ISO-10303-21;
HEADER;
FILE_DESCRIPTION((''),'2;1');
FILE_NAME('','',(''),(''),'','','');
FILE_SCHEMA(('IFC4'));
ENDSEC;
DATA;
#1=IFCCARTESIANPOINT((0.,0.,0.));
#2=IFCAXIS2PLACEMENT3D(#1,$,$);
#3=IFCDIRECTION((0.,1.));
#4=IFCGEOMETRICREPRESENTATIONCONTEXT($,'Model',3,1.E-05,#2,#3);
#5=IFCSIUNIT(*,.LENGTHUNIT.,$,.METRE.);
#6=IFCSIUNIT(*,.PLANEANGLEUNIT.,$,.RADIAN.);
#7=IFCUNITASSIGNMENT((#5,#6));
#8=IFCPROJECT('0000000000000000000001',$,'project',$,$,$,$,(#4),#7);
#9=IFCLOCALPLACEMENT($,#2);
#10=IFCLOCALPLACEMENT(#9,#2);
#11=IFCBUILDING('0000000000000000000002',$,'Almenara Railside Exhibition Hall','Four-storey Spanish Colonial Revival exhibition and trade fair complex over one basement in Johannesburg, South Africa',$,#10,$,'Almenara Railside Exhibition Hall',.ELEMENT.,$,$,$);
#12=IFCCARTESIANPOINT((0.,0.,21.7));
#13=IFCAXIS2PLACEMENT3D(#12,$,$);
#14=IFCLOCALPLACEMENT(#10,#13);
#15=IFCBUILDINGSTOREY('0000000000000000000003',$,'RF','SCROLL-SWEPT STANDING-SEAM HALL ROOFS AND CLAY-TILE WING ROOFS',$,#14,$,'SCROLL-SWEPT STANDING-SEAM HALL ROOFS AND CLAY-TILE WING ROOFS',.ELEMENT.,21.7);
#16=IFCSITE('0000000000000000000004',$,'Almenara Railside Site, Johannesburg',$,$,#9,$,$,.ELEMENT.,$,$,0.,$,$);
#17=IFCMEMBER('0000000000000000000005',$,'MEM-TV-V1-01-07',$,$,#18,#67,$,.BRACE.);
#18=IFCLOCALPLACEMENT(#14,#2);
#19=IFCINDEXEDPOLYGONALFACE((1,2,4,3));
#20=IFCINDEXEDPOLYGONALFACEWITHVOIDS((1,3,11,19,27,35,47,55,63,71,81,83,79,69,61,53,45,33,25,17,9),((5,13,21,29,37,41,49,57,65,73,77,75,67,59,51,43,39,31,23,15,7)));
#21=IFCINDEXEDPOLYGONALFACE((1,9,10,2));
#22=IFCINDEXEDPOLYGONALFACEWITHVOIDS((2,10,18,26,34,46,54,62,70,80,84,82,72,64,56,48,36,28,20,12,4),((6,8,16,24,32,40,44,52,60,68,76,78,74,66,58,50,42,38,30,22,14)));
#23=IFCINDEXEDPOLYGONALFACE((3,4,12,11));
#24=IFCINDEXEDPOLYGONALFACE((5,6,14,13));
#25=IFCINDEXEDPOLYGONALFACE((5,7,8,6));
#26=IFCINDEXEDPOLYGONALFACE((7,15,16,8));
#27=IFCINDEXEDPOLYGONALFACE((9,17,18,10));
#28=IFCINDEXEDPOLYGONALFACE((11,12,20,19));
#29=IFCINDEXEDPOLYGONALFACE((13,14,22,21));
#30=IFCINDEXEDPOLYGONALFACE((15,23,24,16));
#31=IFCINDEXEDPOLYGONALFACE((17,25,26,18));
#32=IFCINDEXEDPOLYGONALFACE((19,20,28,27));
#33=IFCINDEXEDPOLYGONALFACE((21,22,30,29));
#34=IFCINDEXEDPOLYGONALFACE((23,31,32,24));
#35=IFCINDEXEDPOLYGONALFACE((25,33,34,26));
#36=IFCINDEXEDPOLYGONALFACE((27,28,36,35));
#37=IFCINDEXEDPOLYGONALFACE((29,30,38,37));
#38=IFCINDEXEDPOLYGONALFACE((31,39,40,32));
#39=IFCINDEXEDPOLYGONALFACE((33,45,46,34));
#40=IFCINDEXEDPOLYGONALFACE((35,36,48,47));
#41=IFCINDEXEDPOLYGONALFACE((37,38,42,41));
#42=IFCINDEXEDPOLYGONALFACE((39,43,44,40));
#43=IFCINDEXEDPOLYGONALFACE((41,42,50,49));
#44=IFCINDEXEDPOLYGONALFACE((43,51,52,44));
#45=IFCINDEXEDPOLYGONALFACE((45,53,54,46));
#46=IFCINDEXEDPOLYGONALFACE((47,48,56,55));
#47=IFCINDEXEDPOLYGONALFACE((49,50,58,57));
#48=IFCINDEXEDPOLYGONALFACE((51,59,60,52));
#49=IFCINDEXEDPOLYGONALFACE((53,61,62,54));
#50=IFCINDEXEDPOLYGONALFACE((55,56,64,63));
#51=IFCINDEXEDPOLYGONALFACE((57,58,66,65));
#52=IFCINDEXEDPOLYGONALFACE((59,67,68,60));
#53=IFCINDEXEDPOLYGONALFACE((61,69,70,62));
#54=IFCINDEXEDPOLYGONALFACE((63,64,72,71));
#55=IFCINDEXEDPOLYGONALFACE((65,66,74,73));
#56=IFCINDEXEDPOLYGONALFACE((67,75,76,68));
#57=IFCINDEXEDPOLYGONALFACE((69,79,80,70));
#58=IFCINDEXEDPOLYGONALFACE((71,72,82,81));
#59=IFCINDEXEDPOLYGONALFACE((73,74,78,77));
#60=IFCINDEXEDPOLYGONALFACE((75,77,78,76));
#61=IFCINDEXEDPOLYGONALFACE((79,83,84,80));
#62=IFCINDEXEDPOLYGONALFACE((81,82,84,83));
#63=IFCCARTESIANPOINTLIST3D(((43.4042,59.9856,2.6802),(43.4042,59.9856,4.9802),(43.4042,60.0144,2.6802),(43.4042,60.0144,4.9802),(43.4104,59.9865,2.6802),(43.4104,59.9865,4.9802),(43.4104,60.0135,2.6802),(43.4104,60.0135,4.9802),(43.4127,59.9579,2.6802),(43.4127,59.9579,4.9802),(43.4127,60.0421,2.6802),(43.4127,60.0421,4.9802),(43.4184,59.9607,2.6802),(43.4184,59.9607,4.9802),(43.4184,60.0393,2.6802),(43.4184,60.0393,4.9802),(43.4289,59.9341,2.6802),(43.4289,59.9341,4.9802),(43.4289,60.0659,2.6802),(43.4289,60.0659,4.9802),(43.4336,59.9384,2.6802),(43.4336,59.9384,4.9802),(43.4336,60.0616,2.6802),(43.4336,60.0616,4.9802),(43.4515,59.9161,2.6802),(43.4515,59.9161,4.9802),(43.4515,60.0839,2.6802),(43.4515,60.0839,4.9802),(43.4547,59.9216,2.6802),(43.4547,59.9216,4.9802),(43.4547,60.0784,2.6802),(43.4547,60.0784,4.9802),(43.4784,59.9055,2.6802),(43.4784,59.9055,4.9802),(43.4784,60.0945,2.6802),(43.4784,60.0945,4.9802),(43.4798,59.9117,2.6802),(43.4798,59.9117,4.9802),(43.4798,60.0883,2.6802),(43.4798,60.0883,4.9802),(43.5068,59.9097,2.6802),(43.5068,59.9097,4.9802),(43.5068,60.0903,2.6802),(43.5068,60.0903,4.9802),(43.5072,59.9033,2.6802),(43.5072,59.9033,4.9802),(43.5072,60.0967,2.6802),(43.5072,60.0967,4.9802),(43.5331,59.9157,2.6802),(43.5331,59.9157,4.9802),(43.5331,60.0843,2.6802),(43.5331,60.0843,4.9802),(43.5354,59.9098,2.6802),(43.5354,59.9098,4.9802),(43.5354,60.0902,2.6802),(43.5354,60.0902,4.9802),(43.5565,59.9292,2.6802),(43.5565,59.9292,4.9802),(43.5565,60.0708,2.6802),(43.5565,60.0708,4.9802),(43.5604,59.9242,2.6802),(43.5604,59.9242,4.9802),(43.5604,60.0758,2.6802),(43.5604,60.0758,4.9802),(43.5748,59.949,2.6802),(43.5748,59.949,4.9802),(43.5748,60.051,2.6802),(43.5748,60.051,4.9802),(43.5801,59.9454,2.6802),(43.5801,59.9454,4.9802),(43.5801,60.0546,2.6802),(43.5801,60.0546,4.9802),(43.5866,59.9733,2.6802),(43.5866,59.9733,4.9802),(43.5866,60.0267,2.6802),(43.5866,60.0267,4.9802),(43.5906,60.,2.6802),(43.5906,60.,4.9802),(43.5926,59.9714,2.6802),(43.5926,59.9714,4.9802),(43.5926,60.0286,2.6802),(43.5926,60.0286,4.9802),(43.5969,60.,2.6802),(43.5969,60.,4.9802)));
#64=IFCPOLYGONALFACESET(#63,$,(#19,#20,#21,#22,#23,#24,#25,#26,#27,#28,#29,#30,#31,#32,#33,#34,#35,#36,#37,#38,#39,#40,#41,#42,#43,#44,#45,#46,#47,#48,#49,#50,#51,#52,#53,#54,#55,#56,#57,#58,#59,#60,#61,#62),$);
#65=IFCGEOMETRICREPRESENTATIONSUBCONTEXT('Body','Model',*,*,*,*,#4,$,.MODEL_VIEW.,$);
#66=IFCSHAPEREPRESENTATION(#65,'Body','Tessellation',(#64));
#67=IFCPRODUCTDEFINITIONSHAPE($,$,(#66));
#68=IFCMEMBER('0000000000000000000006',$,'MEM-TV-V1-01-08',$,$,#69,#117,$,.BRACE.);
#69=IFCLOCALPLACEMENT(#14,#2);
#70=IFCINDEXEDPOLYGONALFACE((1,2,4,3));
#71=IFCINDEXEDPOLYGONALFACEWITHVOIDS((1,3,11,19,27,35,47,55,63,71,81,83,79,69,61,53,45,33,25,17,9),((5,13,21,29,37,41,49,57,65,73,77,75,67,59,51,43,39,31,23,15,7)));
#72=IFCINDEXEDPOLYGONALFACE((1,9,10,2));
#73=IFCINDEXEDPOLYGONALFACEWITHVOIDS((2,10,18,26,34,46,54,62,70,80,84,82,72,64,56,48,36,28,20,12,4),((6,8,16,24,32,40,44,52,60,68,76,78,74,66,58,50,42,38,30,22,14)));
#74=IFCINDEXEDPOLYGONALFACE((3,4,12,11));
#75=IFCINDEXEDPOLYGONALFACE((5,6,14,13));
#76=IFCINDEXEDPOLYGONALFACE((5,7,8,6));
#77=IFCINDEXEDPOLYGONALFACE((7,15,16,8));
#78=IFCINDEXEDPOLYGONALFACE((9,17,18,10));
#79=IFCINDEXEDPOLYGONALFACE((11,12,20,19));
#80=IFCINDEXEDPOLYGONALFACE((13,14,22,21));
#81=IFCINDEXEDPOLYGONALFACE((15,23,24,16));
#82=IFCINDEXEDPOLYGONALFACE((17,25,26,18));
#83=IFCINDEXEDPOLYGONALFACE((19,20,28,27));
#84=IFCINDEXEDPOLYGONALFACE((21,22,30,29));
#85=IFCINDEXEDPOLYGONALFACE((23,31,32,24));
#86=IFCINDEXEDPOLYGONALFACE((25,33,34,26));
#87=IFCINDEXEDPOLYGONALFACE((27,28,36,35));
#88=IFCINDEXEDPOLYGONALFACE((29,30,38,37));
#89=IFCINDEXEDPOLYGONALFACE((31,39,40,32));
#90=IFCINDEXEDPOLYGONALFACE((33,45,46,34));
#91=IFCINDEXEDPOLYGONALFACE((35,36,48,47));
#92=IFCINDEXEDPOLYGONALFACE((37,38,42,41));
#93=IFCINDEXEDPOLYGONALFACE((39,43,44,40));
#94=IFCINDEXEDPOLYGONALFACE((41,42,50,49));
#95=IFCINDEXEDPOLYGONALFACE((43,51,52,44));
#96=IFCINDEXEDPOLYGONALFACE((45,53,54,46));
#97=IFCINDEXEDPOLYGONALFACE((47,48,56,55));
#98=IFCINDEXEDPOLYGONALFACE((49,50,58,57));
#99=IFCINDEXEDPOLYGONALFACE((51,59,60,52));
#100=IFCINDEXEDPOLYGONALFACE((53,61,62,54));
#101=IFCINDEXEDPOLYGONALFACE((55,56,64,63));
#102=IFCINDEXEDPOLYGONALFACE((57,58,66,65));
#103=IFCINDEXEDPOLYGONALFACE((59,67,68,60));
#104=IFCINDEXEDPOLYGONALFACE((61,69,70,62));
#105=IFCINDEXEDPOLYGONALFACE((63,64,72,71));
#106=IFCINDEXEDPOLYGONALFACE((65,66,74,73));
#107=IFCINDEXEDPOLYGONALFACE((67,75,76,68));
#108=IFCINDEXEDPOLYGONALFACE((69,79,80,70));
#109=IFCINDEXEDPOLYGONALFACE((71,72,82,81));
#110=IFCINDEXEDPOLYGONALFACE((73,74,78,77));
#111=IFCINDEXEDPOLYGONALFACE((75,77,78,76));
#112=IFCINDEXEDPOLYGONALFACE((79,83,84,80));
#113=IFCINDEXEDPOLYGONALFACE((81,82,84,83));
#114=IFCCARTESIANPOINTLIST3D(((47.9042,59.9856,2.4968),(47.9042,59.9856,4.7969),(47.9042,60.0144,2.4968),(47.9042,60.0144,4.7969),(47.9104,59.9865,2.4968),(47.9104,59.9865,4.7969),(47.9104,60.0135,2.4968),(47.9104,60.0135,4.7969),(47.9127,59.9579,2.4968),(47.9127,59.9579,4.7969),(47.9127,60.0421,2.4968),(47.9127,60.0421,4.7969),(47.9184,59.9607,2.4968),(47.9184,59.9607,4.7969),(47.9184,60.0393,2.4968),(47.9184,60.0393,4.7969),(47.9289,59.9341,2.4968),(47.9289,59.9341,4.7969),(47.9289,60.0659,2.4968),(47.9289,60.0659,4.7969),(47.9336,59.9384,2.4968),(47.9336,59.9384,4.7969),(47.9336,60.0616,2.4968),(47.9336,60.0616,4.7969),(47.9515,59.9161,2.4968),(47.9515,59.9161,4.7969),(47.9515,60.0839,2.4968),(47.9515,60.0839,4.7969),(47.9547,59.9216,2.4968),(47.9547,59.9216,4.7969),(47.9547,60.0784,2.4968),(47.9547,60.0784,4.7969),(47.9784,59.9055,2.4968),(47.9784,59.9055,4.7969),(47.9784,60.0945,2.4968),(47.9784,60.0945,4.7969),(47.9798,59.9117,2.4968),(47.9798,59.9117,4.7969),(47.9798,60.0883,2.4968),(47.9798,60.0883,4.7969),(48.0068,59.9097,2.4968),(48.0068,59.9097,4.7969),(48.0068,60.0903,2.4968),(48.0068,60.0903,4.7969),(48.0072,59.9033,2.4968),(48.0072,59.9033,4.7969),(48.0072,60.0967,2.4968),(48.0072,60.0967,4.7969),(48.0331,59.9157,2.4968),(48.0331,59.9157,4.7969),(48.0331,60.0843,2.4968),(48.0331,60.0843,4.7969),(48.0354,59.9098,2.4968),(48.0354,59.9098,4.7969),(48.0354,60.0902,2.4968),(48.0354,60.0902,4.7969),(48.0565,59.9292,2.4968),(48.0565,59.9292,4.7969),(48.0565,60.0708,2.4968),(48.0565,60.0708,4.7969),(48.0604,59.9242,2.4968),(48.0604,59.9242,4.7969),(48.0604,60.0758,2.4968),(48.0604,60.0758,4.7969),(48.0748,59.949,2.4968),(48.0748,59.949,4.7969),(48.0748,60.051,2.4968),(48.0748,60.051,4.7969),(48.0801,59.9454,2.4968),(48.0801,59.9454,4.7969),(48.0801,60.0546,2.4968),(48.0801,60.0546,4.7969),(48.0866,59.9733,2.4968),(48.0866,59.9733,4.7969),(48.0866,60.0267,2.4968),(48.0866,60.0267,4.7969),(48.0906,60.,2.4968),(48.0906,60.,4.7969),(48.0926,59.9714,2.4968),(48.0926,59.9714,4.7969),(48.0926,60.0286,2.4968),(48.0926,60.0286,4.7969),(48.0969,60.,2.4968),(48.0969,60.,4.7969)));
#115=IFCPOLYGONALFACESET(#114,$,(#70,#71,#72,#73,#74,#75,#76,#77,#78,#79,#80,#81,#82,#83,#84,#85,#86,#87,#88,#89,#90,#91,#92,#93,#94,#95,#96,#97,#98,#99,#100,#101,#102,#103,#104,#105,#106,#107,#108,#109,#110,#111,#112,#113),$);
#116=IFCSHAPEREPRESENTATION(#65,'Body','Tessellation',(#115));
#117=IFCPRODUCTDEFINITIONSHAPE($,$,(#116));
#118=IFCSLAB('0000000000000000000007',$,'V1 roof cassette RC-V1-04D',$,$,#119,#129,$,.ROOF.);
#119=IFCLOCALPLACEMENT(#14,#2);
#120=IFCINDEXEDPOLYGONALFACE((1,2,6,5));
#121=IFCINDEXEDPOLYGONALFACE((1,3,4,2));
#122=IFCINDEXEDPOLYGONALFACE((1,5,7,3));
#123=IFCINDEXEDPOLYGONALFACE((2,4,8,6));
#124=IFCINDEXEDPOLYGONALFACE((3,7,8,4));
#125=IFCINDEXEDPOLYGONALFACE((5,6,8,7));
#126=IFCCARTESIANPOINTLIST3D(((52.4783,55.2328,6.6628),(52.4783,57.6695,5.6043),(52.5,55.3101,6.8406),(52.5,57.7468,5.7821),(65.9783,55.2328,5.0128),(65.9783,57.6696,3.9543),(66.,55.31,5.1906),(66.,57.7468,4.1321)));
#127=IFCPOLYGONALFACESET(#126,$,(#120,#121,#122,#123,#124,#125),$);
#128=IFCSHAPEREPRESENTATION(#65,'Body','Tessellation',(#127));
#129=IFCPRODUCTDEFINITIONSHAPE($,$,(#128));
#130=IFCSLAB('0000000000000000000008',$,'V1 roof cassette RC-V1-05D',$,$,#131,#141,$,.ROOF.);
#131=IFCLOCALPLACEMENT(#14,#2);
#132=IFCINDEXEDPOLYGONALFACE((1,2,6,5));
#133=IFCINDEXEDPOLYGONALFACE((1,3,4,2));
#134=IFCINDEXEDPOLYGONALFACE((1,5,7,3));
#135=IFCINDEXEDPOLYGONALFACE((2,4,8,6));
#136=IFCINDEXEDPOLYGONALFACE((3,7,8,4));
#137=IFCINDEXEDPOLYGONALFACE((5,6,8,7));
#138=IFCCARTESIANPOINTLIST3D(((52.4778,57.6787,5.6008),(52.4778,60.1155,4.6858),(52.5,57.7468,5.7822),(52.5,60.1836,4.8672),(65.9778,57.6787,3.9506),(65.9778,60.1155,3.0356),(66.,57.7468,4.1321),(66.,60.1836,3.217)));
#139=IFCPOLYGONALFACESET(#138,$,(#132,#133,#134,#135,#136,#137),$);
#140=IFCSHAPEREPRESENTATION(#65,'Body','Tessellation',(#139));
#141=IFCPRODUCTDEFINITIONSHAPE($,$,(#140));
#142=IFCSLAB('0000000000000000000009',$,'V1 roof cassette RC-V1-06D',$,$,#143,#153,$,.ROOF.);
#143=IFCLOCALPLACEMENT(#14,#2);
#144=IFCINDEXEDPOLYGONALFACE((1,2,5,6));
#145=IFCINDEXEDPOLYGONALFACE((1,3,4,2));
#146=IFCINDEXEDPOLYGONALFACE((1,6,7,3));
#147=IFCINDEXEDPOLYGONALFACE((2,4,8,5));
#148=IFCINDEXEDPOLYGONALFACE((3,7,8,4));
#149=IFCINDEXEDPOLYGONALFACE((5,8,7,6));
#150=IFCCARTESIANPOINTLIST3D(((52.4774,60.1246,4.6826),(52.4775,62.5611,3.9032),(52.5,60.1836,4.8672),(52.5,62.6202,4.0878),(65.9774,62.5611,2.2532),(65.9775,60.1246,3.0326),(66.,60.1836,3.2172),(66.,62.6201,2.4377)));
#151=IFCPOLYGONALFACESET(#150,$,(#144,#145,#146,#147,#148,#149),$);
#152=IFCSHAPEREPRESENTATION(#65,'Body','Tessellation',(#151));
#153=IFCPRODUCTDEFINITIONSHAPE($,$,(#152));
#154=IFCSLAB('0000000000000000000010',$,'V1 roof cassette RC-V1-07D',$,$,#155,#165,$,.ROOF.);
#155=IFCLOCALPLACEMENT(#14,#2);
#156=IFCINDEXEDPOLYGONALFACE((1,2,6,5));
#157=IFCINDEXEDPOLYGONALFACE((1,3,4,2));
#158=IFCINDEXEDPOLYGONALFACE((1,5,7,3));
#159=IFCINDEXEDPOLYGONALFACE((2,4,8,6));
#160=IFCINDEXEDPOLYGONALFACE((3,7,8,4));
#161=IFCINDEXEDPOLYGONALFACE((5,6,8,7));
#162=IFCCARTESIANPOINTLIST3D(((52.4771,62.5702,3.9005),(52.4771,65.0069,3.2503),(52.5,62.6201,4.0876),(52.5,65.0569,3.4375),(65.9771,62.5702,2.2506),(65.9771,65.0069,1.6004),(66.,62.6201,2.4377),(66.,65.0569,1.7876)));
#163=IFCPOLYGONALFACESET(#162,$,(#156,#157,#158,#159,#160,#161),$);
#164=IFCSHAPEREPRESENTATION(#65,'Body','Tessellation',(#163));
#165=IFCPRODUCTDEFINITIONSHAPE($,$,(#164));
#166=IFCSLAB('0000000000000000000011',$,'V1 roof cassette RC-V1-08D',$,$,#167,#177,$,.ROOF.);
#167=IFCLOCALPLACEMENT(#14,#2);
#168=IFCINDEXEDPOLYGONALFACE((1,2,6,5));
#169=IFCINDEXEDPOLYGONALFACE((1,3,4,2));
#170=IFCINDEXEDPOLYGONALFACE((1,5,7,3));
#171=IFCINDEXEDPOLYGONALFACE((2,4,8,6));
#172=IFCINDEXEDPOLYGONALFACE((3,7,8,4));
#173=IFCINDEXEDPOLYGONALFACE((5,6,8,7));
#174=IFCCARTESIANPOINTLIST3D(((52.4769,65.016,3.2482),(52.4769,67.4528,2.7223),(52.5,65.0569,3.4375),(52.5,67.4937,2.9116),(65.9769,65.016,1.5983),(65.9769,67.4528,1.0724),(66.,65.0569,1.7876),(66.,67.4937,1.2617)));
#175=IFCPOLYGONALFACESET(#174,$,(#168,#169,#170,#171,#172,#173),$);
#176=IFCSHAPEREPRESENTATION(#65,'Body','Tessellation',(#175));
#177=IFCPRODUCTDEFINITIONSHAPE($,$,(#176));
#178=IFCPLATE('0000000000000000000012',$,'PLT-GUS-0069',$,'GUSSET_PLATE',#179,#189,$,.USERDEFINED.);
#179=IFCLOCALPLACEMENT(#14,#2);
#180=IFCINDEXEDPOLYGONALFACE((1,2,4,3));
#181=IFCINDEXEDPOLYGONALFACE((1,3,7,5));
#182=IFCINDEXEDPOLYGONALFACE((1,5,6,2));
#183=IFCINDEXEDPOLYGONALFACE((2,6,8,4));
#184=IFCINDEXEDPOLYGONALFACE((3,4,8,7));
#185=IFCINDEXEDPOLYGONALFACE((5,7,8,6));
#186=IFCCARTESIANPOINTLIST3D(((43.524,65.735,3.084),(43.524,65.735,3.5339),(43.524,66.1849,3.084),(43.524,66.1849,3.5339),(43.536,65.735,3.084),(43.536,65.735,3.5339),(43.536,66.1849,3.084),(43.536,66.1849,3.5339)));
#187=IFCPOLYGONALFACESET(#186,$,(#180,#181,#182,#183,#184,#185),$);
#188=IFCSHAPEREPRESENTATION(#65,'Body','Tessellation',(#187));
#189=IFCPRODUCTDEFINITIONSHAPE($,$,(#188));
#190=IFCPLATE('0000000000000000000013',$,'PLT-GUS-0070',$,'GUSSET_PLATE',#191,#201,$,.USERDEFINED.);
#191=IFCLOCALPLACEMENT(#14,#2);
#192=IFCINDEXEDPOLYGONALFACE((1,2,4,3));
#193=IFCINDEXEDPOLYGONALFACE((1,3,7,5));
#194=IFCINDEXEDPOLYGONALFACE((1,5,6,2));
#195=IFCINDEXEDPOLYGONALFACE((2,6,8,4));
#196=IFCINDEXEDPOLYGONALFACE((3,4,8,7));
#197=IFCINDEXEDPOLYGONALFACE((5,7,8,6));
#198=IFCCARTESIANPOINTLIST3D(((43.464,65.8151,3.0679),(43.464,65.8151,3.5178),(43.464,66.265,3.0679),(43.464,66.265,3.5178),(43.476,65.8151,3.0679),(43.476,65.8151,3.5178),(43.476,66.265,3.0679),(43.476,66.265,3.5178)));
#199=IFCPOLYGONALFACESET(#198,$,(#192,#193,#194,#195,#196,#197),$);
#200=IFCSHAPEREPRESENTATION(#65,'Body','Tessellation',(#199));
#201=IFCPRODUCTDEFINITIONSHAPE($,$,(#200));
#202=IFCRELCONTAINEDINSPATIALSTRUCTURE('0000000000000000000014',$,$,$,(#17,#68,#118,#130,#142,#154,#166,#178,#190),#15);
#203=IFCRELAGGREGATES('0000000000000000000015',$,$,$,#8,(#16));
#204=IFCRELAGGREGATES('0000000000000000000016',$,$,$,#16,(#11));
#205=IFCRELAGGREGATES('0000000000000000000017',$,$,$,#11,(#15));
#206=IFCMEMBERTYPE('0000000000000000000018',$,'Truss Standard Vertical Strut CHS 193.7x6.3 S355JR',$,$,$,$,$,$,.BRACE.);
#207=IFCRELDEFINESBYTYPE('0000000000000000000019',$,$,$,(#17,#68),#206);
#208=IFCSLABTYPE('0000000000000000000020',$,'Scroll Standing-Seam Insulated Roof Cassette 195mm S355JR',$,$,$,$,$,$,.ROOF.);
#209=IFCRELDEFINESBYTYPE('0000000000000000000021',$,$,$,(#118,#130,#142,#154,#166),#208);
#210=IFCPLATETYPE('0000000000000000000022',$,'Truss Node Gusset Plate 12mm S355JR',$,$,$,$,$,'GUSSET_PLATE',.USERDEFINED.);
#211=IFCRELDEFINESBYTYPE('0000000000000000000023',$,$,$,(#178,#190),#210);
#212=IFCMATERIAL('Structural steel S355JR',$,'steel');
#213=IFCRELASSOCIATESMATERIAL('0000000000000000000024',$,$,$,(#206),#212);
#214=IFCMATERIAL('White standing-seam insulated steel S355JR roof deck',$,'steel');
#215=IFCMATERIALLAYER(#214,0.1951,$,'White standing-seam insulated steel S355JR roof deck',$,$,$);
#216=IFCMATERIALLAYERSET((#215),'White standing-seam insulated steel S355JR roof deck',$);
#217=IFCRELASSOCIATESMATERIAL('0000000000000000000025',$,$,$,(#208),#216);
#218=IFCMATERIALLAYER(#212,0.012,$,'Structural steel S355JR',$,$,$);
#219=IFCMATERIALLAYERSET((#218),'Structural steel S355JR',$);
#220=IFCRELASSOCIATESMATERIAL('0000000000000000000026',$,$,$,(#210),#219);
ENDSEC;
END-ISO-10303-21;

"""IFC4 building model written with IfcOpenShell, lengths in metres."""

from ifc_helpers import new_model, si_unit, direction, frame, origin, origin_2d, place, context, subcontext, project, spatial, polyline, rectangle, hollow_circle, outline, extrude, material, layer, layer_set, material_profile, profile_set, type_object, element, save


model = new_model("IFC4")

# Units and contexts
model_context = context("Model", 3, precision=1e-05, world=origin(), true_north=direction((0.0, 1.0)))
body_context = subcontext(model_context, "Body", "Model", "MODEL_VIEW")
ifc_project = project(units=[si_unit("LENGTHUNIT", "METRE"), si_unit("PLANEANGLEUNIT", "RADIAN")], contexts=[model_context])

# Site, building, storey
site_placement = place(None, origin())
site = spatial("IfcSite", under=ifc_project, at=site_placement, Name="Almenara Railside Site, Johannesburg", CompositionType="ELEMENT", RefElevation=0.0)
building_placement = place(site_placement, origin())
building = spatial("IfcBuilding", under=site, at=building_placement, Name="Almenara Railside Exhibition Hall", Description="Four-storey Spanish Colonial Revival exhibition and trade fair complex over one basement in Johannesburg, South Africa", LongName="Almenara Railside Exhibition Hall", CompositionType="ELEMENT")
storey_placement = place(building_placement, frame((0.0, 0.0, 21.7)))
storey = spatial("IfcBuildingStorey", under=building, at=storey_placement, Name="RF", Description="SCROLL-SWEPT STANDING-SEAM HALL ROOFS AND CLAY-TILE WING ROOFS", LongName="SCROLL-SWEPT STANDING-SEAM HALL ROOFS AND CLAY-TILE WING ROOFS", CompositionType="ELEMENT", Elevation=21.7)

# Members
ifc_material_1 = material(Name="Structural steel S355JR", Category="steel")
ifc_material_profile_1 = material_profile(ifc_material_1, hollow_circle(Radius=0.0969, WallThickness=0.0063, at=origin_2d()), Name="CHS 193.7x6.3")
ifc_profile_set_1 = profile_set([ifc_material_profile_1], Name="Structural steel S355JR")
member_type_1 = type_object("IfcMemberType", Name="Truss Standard Vertical Strut CHS 193.7x6.3 S355JR", PredefinedType="BRACE", material=ifc_profile_set_1)
for number, where, z_axis, x_axis, name in (
    (1, (43.5, 60.0, 2.6802), (0.0, 0.0, 1.0), (1.0, 0.0, 0.0), "MEM-TV-V1-01-07"),
    (2, (48.0, 60.0, 2.4968), (0.0, 0.0, 1.0), (1.0, 0.0, 0.0), "MEM-TV-V1-01-08"),
):
    element("IfcMember", number, at=place(storey_placement, frame(where, z_axis=z_axis, x_axis=x_axis)), inside=storey, type_object=member_type_1, Name=name, PredefinedType="BRACE", context=body_context, shape_type="SweptSolid", body=[
        extrude(hollow_circle(Radius=0.0969, WallThickness=0.0063, at=origin_2d()), origin(), (0.0, 0.0, 1.0), 2.3),
    ])

# Slabs
ifc_material_2 = material(Name="White standing-seam insulated steel S355JR roof deck", Category="steel")
ifc_layer_1 = layer(ifc_material_2, 0.1951, Name="White standing-seam insulated steel S355JR roof deck")
ifc_layer_set_1 = layer_set([ifc_layer_1], Name="White standing-seam insulated steel S355JR roof deck")
slab_type = type_object("IfcSlabType", Name="Scroll Standing-Seam Insulated Roof Cassette 195mm S355JR", PredefinedType="ROOF", material=ifc_layer_set_1)
slab_1_placement = place(storey_placement, frame((52.5, 55.3101, 6.8406), z_axis=(0.111407, 0.395932, 0.911497), x_axis=(0.992613, -0.000003, -0.12132)))
element("IfcSlab", 3, at=slab_1_placement, inside=storey, type_object=slab_type, Name="V1 roof cassette RC-V1-04D", PredefinedType="ROOF", context=body_context, shape_type="SweptSolid", body=[
    extrude(outline(polyline([(0.0, 0.0), (13.6004, 0.0), (13.7289, 2.6537), (0.1284, 2.6536), (0.0, 0.0)])), origin(), (0.0, 0.0, -1.0), 0.1951),
])
slab_2_placement = place(storey_placement, frame((52.5, 57.7468, 5.7822), z_axis=(0.113689, 0.349266, 0.930101), x_axis=(0.992612, 0.0, -0.12133)))
element("IfcSlab", 4, at=slab_2_placement, inside=storey, type_object=slab_type, Name="V1 roof cassette RC-V1-05D", PredefinedType="ROOF", context=body_context, shape_type="SweptSolid", body=[
    extrude(outline(polyline([(0.0, 0.0), (13.6005, 0.0), (13.7115, 2.6005), (0.111, 2.6005), (0.0, 0.0)])), origin(), (0.0, 0.0, -1.0), 0.1951),
])
slab_3_placement = place(storey_placement, frame((52.5, 60.1836, 4.8672), z_axis=(0.115632, 0.302637, 0.946066), x_axis=(0.992613, 0.000003, -0.121322)))
element("IfcSlab", 5, at=slab_3_placement, inside=storey, type_object=slab_type, Name="V1 roof cassette RC-V1-06D", PredefinedType="ROOF", context=body_context, shape_type="SweptSolid", body=[
    extrude(outline(polyline([(0.0, 0.0), (13.6005, 0.0), (13.695, 2.5564), (0.0946, 2.5564), (0.0, 0.0)])), origin(), (0.0, 0.0, -1.0), 0.1951),
])
slab_4_placement = place(storey_placement, frame((52.5, 62.6201, 4.0876), z_axis=(0.11727, 0.25601, 0.959535), x_axis=(0.992614, 0.0, -0.121312)))
element("IfcSlab", 6, at=slab_4_placement, inside=storey, type_object=slab_type, Name="V1 roof cassette RC-V1-07D", PredefinedType="ROOF", context=body_context, shape_type="SweptSolid", body=[
    extrude(outline(polyline([(0.0, 0.0), (13.6004, 0.0), (13.6793, 2.5208), (0.0789, 2.5208), (0.0, 0.0)])), origin(), (0.0, 0.0, -1.0), 0.1951),
])
slab_5_placement = place(storey_placement, frame((52.5, 65.0569, 3.4375), z_axis=(0.118621, 0.209464, 0.970595), x_axis=(0.992614, 0.0, -0.121312)))
element("IfcSlab", 7, at=slab_5_placement, inside=storey, type_object=slab_type, Name="V1 roof cassette RC-V1-08D", PredefinedType="ROOF", context=body_context, shape_type="SweptSolid", body=[
    extrude(outline(polyline([(0.0, 0.0), (13.6004, 0.0), (13.6642, 2.4921), (0.0638, 2.4921), (0.0, 0.0)])), origin(), (0.0, 0.0, -1.0), 0.1951),
])

# Plates
ifc_layer_2 = layer(ifc_material_1, 0.012, Name="Structural steel S355JR")
ifc_layer_set_2 = layer_set([ifc_layer_2], Name="Structural steel S355JR")
plate_type_1 = type_object("IfcPlateType", Name="Truss Node Gusset Plate 12mm S355JR", ElementType="GUSSET_PLATE", PredefinedType="USERDEFINED", material=ifc_layer_set_2)
for number, where, z_axis, x_axis, name in (
    (8, (43.53, 65.96, 3.084), (0.0, 0.0, 1.0), (0.0, 1.0, 0.0), "PLT-GUS-0069"),
    (9, (43.47, 66.04, 3.0679), (0.0, 0.0, 1.0), (0.0, 1.0, 0.0), "PLT-GUS-0070"),
):
    element("IfcPlate", number, at=place(storey_placement, frame(where, z_axis=z_axis, x_axis=x_axis)), inside=storey, type_object=plate_type_1, Name=name, ObjectType="GUSSET_PLATE", PredefinedType="USERDEFINED", context=body_context, shape_type="SweptSolid", body=[
        extrude(rectangle(XDim=0.45, YDim=0.012, at=origin_2d()), origin(), (0.0, 0.0, 1.0), 0.45),
    ])

save(model, "model.ifc")
